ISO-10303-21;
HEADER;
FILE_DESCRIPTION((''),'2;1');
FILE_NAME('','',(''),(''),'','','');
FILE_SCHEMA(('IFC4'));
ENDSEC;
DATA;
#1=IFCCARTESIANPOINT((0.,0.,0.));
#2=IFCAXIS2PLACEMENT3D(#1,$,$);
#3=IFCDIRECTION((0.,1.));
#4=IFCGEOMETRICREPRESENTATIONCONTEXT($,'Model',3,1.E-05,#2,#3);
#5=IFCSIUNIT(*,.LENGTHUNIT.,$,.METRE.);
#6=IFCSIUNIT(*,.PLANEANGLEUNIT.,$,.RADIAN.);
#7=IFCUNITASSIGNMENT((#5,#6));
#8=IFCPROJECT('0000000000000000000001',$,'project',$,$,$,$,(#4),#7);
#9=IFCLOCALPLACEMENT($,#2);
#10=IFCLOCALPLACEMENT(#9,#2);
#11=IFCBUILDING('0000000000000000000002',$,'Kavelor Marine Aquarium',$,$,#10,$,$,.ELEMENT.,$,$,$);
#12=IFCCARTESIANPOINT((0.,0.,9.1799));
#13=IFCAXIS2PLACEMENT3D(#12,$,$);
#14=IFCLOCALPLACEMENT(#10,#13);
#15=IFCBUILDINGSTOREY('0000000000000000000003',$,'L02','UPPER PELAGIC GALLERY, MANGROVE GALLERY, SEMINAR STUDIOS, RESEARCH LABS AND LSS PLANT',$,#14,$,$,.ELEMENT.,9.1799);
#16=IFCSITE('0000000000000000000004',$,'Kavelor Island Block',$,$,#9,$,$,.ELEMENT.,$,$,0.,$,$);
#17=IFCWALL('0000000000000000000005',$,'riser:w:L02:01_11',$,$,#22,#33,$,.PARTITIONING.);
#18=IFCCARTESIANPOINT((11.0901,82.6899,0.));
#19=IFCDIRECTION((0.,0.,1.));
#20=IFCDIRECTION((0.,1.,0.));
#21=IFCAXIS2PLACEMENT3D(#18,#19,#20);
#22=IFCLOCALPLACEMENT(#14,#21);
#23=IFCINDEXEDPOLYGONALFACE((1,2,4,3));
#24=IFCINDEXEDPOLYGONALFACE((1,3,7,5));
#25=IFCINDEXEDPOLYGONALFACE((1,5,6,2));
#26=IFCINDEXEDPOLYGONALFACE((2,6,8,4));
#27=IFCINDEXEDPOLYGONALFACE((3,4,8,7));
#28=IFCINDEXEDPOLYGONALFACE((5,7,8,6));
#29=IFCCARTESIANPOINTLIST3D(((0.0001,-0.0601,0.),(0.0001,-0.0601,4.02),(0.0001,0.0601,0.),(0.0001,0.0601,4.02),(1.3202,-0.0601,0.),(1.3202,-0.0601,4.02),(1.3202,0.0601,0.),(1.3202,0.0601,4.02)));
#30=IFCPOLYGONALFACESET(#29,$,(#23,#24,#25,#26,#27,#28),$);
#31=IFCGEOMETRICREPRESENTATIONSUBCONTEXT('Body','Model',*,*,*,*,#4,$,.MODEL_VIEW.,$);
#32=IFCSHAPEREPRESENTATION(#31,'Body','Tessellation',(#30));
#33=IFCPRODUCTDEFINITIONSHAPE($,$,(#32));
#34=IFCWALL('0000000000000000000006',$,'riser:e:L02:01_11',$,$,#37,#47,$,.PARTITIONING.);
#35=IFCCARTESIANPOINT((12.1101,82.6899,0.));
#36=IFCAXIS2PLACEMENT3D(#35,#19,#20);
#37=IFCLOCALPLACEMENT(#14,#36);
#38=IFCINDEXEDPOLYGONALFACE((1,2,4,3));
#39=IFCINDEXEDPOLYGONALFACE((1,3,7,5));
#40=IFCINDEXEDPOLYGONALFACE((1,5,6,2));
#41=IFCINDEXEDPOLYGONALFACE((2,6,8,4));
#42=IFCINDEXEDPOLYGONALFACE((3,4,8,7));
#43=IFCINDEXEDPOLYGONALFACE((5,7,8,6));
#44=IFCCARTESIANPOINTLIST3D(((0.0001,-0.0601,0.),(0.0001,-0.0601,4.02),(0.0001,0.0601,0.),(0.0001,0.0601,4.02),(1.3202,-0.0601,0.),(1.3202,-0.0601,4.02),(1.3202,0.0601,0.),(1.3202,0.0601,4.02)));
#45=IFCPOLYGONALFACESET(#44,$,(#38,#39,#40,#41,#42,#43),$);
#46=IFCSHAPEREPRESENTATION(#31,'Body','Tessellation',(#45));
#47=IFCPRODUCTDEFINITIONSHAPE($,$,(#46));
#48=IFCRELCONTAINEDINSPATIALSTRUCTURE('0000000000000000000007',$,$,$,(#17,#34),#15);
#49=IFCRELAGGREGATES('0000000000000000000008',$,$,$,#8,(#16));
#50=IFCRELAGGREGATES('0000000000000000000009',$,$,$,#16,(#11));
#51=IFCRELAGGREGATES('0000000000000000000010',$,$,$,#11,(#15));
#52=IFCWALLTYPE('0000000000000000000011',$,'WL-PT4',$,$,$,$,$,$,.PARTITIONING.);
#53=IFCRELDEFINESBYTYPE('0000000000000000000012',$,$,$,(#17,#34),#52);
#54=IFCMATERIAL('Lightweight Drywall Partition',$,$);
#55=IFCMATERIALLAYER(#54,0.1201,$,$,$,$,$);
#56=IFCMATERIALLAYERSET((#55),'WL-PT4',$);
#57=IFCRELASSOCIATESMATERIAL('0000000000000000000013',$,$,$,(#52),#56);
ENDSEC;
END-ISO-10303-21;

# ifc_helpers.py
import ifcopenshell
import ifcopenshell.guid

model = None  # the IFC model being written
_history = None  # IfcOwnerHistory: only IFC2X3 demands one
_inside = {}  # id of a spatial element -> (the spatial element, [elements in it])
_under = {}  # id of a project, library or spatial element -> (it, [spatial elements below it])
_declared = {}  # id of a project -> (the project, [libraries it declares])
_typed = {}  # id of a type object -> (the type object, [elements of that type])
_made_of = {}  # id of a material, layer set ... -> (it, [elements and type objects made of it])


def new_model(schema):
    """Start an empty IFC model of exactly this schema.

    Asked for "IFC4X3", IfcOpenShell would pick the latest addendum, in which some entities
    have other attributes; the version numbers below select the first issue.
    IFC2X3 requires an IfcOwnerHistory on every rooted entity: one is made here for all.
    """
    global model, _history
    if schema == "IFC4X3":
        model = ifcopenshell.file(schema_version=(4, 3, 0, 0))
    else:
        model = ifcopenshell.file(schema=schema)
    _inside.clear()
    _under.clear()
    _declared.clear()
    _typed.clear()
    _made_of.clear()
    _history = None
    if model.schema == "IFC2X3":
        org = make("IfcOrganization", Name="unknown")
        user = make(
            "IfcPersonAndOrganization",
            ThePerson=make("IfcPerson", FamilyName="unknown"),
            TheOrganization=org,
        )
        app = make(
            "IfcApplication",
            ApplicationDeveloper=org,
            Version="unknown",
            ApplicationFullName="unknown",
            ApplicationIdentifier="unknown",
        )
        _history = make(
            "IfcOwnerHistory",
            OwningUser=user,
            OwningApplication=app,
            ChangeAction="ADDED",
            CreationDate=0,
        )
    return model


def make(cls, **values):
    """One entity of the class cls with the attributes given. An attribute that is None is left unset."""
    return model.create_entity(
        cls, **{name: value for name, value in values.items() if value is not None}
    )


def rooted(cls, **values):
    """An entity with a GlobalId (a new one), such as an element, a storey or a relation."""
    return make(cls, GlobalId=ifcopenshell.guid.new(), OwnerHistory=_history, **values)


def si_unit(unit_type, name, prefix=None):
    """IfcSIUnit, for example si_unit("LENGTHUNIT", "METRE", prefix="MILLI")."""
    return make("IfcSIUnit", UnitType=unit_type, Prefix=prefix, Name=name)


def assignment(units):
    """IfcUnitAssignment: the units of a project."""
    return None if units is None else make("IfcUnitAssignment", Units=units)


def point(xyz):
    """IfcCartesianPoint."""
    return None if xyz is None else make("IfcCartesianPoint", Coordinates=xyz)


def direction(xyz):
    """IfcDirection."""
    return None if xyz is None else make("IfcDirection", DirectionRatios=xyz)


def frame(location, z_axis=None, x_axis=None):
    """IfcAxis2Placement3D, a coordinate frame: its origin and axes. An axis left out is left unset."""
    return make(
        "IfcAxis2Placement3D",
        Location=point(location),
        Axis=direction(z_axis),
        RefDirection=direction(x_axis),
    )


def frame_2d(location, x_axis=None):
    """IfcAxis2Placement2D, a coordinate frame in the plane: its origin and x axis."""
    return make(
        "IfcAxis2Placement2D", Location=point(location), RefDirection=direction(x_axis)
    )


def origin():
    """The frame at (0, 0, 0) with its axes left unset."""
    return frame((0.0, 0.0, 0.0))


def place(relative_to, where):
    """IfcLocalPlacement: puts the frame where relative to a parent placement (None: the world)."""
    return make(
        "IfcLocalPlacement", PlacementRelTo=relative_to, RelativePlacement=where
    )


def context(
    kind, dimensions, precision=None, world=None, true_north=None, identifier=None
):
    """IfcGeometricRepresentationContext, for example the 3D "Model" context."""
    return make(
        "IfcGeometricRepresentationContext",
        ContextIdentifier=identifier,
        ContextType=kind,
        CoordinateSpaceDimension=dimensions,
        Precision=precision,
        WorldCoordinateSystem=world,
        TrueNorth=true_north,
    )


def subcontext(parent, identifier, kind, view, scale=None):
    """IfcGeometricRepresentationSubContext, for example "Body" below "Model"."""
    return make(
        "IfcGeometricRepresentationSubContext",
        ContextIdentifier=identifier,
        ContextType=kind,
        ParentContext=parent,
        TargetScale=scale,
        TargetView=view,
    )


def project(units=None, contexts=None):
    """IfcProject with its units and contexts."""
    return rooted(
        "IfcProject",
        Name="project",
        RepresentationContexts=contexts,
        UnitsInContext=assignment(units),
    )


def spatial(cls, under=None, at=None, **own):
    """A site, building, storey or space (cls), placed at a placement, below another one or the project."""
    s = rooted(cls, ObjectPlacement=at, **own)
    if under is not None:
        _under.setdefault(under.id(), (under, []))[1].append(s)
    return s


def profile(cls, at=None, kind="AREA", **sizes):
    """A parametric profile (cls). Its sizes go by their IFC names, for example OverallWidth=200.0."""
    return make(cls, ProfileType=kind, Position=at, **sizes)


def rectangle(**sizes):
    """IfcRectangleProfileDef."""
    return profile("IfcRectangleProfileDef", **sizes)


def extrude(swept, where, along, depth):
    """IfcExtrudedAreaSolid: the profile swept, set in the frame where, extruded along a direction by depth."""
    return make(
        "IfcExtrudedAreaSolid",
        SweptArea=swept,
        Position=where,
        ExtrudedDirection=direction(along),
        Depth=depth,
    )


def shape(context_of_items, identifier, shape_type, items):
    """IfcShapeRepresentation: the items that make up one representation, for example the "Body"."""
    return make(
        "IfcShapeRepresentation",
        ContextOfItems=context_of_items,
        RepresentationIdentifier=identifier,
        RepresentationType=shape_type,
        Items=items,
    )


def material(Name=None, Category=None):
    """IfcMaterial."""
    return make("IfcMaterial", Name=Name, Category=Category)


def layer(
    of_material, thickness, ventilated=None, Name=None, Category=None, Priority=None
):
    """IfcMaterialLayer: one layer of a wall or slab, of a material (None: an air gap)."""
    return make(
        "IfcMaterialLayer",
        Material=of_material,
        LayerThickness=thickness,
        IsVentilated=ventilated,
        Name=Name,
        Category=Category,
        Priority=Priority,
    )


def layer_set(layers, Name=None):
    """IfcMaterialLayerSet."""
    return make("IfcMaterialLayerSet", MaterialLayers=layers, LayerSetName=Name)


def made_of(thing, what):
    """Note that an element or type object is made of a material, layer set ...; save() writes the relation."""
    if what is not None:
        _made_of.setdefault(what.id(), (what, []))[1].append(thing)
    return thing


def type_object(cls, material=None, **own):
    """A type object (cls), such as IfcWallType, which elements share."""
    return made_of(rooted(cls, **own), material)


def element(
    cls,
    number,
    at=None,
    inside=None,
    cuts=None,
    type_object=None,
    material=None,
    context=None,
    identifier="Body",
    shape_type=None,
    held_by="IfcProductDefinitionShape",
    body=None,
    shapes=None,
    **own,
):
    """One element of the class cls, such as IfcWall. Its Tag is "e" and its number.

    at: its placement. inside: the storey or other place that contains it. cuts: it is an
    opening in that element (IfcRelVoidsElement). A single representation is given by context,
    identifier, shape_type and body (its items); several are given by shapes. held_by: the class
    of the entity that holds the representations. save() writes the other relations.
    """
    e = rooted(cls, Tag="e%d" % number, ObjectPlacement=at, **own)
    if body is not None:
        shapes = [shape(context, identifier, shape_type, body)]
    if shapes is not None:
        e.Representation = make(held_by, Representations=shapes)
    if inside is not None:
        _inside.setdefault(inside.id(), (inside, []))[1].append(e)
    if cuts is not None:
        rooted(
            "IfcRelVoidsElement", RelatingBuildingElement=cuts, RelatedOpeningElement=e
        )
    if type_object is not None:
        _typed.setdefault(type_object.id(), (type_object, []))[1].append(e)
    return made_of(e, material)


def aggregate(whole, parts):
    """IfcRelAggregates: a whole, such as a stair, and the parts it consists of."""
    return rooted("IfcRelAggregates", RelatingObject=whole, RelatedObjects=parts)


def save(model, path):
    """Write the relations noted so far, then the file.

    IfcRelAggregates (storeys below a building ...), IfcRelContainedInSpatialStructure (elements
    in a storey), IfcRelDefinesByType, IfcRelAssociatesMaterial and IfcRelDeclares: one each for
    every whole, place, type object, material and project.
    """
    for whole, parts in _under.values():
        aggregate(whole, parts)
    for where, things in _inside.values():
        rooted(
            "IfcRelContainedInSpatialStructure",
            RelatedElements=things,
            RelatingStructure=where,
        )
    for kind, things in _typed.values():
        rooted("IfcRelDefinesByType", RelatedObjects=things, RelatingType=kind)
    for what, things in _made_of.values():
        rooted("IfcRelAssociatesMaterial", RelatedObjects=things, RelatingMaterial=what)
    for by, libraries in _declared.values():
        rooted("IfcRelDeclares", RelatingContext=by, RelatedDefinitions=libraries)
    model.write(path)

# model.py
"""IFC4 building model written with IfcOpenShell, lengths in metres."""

from ifc_helpers import new_model, si_unit, direction, frame, frame_2d, origin, place, context, subcontext, project, spatial, rectangle, extrude, material, layer, layer_set, type_object, element, save


model = new_model("IFC4")

# Units and contexts
model_context = context("Model", 3, precision=1e-05, world=origin(), true_north=direction((0.0, 1.0)))
body_context = subcontext(model_context, "Body", "Model", "MODEL_VIEW")
ifc_project = project(units=[si_unit("LENGTHUNIT", "METRE"), si_unit("PLANEANGLEUNIT", "RADIAN")], contexts=[model_context])

# Site, building, storey
site_placement = place(None, origin())
site = spatial("IfcSite", under=ifc_project, at=site_placement, Name="Kavelor Island Block", CompositionType="ELEMENT", RefElevation=0.0)
building_placement = place(site_placement, origin())
building = spatial("IfcBuilding", under=site, at=building_placement, Name="Kavelor Marine Aquarium", CompositionType="ELEMENT")
storey_placement = place(building_placement, frame((0.0, 0.0, 9.1799)))
storey = spatial("IfcBuildingStorey", under=building, at=storey_placement, Name="L02", Description="UPPER PELAGIC GALLERY, MANGROVE GALLERY, SEMINAR STUDIOS, RESEARCH LABS AND LSS PLANT", CompositionType="ELEMENT", Elevation=9.1799)

# Walls
ifc_material_1 = material(Name="Lightweight Drywall Partition")
ifc_layer_1 = layer(ifc_material_1, 0.1201)
ifc_layer_set_1 = layer_set([ifc_layer_1], Name="WL-PT4")
wall_type_1 = type_object("IfcWallType", Name="WL-PT4", PredefinedType="PARTITIONING", material=ifc_layer_set_1)
for number, where, z_axis, x_axis, name in (
    (1, (11.0901, 82.6899, 0.0), (0.0, 0.0, 1.0), (0.0, 1.0, 0.0), "riser:w:L02:01_11"),
    (2, (12.1101, 82.6899, 0.0), (0.0, 0.0, 1.0), (0.0, 1.0, 0.0), "riser:e:L02:01_11"),
):
    element("IfcWall", number, at=place(storey_placement, frame(where, z_axis=z_axis, x_axis=x_axis)), inside=storey, type_object=wall_type_1, Name=name, PredefinedType="PARTITIONING", context=body_context, shape_type="SweptSolid", body=[
        extrude(rectangle(XDim=1.3201, YDim=0.1201, at=frame_2d((0.6602, 0.0))), origin(), (0.0, 0.0, 1.0), 4.02),
    ])

save(model, "model.ifc")
